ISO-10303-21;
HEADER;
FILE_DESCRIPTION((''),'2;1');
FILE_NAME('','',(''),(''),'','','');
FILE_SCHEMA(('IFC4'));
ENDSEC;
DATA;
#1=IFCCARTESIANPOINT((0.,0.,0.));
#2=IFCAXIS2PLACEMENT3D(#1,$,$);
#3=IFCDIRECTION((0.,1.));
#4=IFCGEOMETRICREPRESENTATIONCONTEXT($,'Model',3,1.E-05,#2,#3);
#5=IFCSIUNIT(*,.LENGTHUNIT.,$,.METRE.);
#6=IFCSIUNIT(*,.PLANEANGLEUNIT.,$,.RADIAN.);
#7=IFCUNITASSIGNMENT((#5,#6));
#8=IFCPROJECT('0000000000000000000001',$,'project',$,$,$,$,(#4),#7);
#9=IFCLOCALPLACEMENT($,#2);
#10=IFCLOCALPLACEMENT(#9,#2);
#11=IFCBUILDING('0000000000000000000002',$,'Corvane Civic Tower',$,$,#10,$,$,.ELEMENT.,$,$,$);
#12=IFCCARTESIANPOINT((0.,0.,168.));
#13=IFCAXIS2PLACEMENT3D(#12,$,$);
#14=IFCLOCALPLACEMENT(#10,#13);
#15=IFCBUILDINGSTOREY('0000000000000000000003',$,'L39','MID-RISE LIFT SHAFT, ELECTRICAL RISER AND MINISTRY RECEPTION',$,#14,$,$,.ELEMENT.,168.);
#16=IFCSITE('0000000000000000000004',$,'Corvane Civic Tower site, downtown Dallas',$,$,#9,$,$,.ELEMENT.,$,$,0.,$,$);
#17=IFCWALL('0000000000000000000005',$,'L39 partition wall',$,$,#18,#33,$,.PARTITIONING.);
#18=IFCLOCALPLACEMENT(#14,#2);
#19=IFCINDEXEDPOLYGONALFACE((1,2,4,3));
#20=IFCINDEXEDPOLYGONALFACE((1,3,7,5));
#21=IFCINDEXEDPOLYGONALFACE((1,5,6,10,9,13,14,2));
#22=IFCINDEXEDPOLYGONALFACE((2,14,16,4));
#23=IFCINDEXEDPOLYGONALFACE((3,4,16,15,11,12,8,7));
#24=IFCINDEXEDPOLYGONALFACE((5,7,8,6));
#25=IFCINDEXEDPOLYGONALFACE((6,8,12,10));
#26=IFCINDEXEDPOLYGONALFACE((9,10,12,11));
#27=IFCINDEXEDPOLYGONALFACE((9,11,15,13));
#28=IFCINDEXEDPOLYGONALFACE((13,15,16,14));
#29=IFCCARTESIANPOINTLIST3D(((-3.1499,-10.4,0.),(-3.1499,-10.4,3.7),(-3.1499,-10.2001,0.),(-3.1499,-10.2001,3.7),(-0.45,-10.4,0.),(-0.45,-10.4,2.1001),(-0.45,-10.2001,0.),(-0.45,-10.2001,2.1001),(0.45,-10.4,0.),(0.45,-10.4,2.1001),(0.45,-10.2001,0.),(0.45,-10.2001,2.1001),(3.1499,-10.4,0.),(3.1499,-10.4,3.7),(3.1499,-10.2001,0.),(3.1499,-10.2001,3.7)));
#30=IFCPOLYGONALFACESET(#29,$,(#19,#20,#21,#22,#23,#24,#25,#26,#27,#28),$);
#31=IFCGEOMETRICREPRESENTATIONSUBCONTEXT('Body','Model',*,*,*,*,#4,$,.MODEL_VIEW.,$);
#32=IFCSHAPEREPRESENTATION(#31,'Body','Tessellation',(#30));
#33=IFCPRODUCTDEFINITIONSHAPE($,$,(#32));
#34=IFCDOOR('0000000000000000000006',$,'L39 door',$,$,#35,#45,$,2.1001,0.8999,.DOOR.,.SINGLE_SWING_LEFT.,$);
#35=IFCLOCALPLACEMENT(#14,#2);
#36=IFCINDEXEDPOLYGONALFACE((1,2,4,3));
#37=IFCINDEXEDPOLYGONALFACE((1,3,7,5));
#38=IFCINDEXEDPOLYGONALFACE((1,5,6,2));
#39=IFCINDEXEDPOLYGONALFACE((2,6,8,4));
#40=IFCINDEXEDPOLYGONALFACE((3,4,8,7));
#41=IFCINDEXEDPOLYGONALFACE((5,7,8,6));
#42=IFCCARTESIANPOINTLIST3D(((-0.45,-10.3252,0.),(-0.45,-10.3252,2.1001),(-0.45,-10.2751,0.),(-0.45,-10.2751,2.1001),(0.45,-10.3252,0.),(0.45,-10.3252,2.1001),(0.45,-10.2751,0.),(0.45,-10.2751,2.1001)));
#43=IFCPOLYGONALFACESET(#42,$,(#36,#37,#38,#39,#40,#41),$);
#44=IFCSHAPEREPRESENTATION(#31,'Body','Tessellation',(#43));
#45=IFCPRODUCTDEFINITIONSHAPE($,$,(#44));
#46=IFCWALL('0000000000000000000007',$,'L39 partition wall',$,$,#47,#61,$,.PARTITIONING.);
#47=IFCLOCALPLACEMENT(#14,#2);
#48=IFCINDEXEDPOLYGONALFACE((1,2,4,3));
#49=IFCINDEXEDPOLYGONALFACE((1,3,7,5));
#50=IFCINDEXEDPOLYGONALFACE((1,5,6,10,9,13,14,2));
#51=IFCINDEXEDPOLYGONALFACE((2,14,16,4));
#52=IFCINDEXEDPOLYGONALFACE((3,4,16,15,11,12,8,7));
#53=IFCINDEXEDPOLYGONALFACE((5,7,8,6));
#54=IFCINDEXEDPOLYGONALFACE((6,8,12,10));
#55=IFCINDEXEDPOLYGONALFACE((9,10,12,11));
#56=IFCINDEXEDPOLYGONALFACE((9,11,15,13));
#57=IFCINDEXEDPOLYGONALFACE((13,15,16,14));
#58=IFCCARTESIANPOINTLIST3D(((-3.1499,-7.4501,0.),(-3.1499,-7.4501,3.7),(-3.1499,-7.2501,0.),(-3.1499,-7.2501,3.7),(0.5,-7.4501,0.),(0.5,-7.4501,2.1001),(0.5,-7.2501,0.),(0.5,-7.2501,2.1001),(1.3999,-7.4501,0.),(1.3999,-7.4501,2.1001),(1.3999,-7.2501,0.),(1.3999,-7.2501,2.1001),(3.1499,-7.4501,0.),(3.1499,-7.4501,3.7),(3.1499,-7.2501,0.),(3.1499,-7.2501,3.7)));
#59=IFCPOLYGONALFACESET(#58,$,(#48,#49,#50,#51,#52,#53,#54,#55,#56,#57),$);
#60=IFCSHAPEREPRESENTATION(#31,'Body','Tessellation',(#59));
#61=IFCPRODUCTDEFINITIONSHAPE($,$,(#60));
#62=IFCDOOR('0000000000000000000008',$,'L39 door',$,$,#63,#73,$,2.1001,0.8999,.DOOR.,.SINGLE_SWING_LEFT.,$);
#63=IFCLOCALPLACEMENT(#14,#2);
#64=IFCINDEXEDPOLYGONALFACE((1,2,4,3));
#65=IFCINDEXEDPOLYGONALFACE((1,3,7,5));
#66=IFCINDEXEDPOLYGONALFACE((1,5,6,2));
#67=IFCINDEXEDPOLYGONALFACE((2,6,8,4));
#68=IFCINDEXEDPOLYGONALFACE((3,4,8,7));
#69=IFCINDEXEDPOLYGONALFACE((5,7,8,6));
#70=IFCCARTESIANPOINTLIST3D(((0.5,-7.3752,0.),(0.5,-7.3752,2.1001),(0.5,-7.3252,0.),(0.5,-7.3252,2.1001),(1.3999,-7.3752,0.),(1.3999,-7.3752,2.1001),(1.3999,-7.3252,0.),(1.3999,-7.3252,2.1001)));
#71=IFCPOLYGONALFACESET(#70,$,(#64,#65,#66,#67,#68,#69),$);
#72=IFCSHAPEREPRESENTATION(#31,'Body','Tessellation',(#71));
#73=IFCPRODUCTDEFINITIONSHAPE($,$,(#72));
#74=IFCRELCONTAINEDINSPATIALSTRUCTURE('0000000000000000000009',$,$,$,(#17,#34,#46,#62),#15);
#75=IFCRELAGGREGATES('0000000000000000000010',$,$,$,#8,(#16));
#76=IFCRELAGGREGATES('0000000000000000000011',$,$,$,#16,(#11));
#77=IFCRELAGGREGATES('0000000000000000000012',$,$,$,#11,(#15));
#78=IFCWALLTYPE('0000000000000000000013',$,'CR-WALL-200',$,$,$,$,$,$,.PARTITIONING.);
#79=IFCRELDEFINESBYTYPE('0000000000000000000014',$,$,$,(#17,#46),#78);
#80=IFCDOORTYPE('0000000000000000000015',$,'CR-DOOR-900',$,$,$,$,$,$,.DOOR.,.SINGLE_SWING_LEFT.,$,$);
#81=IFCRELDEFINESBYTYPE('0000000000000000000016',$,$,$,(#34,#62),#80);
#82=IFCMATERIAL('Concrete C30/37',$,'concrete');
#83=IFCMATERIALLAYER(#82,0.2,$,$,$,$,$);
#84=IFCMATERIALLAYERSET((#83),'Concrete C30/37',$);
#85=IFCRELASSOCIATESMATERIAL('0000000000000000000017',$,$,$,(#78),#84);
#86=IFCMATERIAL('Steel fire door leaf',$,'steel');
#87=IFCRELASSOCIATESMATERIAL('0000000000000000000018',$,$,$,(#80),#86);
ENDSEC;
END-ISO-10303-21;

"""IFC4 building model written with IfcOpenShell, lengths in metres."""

from ifc_helpers import new_model, si_unit, direction, frame, frame_2d, origin, place, context, subcontext, project, spatial, rectangle, extrude, material, layer, layer_set, type_object, element, fill, save


model = new_model("IFC4")

# Units and contexts
model_context = context("Model", 3, precision=1e-05, world=origin(), true_north=direction((0.0, 1.0)))
body_context = subcontext(model_context, "Body", "Model", "MODEL_VIEW")
ifc_project = project(units=[si_unit("LENGTHUNIT", "METRE"), si_unit("PLANEANGLEUNIT", "RADIAN")], contexts=[model_context])

# Site, building, storey
site_placement = place(None, origin())
site = spatial("IfcSite", under=ifc_project, at=site_placement, Name="Corvane Civic Tower site, downtown Dallas", CompositionType="ELEMENT", RefElevation=0.0)
building_placement = place(site_placement, origin())
building = spatial("IfcBuilding", under=site, at=building_placement, Name="Corvane Civic Tower", CompositionType="ELEMENT")
storey_placement = place(building_placement, frame((0.0, 0.0, 168.0)))
storey = spatial("IfcBuildingStorey", under=building, at=storey_placement, Name="L39", Description="MID-RISE LIFT SHAFT, ELECTRICAL RISER AND MINISTRY RECEPTION", CompositionType="ELEMENT", Elevation=168.0)

# Walls, openings, doors
ifc_material_1 = material(Name="Concrete C30/37", Category="concrete")
ifc_layer_1 = layer(ifc_material_1, 0.2)
ifc_layer_set_1 = layer_set([ifc_layer_1], Name="Concrete C30/37")
wall_type_1 = type_object("IfcWallType", Name="CR-WALL-200", PredefinedType="PARTITIONING", material=ifc_layer_set_1)
wall_1_placement = place(storey_placement, frame((-3.1499, -10.3, 0.0), z_axis=(0.0, 0.0, 1.0), x_axis=(1.0, 0.0, 0.0)))
wall_1 = element("IfcWall", 1, at=wall_1_placement, inside=storey, type_object=wall_type_1, Name="L39 partition wall", PredefinedType="PARTITIONING", context=body_context, shape_type="SweptSolid", body=[
    extrude(rectangle(XDim=6.2998, YDim=0.2, at=frame_2d((3.1499, 0.0))), origin(), (0.0, 0.0, 1.0), 3.7),
])
opening_1_placement = place(wall_1_placement, frame((2.7, 0.0, 0.0)))
opening_1 = element("IfcOpeningElement", 2, at=opening_1_placement, cuts=wall_1, PredefinedType="OPENING", context=body_context, shape_type="SweptSolid", body=[
    extrude(rectangle(XDim=0.8999, YDim=2.1001, at=frame_2d((0.45, 1.05))), frame((0.0, 0.1099, 0.0), z_axis=(0.0, -1.0, 0.0), x_axis=(1.0, 0.0, 0.0)), (0.0, 0.0, 1.0), 0.22),
])
ifc_material_2 = material(Name="Steel fire door leaf", Category="steel")
door_type_1 = type_object("IfcDoorType", Name="CR-DOOR-900", OperationType="SINGLE_SWING_LEFT", PredefinedType="DOOR", material=ifc_material_2)
door_1_placement = place(opening_1_placement, origin())
door_1 = element("IfcDoor", 3, at=door_1_placement, inside=storey, type_object=door_type_1, Name="L39 door", OperationType="SINGLE_SWING_LEFT", OverallHeight=2.1001, OverallWidth=0.8999, PredefinedType="DOOR", context=body_context, shape_type="SweptSolid", body=[
    extrude(rectangle(XDim=0.8999, YDim=2.1001, at=frame_2d((0.45, 1.05))), frame((0.0, 0.0249, 0.0), z_axis=(0.0, -1.0, 0.0), x_axis=(1.0, 0.0, 0.0)), (0.0, 0.0, 1.0), 0.05),
])
fill(opening_1, door_1)
wall_2_placement = place(storey_placement, frame((-3.1499, -7.3501, 0.0), z_axis=(0.0, 0.0, 1.0), x_axis=(1.0, 0.0, 0.0)))
wall_2 = element("IfcWall", 4, at=wall_2_placement, inside=storey, type_object=wall_type_1, Name="L39 partition wall", PredefinedType="PARTITIONING", context=body_context, shape_type="SweptSolid", body=[
    extrude(rectangle(XDim=6.2998, YDim=0.2, at=frame_2d((3.1499, 0.0))), origin(), (0.0, 0.0, 1.0), 3.7),
])
opening_2_placement = place(wall_2_placement, frame((3.6499, 0.0, 0.0)))
opening_2 = element("IfcOpeningElement", 5, at=opening_2_placement, cuts=wall_2, PredefinedType="OPENING", context=body_context, shape_type="SweptSolid", body=[
    extrude(rectangle(XDim=0.8999, YDim=2.1001, at=frame_2d((0.45, 1.05))), frame((0.0, 0.1099, 0.0), z_axis=(0.0, -1.0, 0.0), x_axis=(1.0, 0.0, 0.0)), (0.0, 0.0, 1.0), 0.22),
])
door_2_placement = place(opening_2_placement, origin())
door_2 = element("IfcDoor", 6, at=door_2_placement, inside=storey, type_object=door_type_1, Name="L39 door", OperationType="SINGLE_SWING_LEFT", OverallHeight=2.1001, OverallWidth=0.8999, PredefinedType="DOOR", context=body_context, shape_type="SweptSolid", body=[
    extrude(rectangle(XDim=0.8999, YDim=2.1001, at=frame_2d((0.45, 1.05))), frame((0.0, 0.0249, 0.0), z_axis=(0.0, -1.0, 0.0), x_axis=(1.0, 0.0, 0.0)), (0.0, 0.0, 1.0), 0.05),
])
fill(opening_2, door_2)

save(model, "model.ifc")
